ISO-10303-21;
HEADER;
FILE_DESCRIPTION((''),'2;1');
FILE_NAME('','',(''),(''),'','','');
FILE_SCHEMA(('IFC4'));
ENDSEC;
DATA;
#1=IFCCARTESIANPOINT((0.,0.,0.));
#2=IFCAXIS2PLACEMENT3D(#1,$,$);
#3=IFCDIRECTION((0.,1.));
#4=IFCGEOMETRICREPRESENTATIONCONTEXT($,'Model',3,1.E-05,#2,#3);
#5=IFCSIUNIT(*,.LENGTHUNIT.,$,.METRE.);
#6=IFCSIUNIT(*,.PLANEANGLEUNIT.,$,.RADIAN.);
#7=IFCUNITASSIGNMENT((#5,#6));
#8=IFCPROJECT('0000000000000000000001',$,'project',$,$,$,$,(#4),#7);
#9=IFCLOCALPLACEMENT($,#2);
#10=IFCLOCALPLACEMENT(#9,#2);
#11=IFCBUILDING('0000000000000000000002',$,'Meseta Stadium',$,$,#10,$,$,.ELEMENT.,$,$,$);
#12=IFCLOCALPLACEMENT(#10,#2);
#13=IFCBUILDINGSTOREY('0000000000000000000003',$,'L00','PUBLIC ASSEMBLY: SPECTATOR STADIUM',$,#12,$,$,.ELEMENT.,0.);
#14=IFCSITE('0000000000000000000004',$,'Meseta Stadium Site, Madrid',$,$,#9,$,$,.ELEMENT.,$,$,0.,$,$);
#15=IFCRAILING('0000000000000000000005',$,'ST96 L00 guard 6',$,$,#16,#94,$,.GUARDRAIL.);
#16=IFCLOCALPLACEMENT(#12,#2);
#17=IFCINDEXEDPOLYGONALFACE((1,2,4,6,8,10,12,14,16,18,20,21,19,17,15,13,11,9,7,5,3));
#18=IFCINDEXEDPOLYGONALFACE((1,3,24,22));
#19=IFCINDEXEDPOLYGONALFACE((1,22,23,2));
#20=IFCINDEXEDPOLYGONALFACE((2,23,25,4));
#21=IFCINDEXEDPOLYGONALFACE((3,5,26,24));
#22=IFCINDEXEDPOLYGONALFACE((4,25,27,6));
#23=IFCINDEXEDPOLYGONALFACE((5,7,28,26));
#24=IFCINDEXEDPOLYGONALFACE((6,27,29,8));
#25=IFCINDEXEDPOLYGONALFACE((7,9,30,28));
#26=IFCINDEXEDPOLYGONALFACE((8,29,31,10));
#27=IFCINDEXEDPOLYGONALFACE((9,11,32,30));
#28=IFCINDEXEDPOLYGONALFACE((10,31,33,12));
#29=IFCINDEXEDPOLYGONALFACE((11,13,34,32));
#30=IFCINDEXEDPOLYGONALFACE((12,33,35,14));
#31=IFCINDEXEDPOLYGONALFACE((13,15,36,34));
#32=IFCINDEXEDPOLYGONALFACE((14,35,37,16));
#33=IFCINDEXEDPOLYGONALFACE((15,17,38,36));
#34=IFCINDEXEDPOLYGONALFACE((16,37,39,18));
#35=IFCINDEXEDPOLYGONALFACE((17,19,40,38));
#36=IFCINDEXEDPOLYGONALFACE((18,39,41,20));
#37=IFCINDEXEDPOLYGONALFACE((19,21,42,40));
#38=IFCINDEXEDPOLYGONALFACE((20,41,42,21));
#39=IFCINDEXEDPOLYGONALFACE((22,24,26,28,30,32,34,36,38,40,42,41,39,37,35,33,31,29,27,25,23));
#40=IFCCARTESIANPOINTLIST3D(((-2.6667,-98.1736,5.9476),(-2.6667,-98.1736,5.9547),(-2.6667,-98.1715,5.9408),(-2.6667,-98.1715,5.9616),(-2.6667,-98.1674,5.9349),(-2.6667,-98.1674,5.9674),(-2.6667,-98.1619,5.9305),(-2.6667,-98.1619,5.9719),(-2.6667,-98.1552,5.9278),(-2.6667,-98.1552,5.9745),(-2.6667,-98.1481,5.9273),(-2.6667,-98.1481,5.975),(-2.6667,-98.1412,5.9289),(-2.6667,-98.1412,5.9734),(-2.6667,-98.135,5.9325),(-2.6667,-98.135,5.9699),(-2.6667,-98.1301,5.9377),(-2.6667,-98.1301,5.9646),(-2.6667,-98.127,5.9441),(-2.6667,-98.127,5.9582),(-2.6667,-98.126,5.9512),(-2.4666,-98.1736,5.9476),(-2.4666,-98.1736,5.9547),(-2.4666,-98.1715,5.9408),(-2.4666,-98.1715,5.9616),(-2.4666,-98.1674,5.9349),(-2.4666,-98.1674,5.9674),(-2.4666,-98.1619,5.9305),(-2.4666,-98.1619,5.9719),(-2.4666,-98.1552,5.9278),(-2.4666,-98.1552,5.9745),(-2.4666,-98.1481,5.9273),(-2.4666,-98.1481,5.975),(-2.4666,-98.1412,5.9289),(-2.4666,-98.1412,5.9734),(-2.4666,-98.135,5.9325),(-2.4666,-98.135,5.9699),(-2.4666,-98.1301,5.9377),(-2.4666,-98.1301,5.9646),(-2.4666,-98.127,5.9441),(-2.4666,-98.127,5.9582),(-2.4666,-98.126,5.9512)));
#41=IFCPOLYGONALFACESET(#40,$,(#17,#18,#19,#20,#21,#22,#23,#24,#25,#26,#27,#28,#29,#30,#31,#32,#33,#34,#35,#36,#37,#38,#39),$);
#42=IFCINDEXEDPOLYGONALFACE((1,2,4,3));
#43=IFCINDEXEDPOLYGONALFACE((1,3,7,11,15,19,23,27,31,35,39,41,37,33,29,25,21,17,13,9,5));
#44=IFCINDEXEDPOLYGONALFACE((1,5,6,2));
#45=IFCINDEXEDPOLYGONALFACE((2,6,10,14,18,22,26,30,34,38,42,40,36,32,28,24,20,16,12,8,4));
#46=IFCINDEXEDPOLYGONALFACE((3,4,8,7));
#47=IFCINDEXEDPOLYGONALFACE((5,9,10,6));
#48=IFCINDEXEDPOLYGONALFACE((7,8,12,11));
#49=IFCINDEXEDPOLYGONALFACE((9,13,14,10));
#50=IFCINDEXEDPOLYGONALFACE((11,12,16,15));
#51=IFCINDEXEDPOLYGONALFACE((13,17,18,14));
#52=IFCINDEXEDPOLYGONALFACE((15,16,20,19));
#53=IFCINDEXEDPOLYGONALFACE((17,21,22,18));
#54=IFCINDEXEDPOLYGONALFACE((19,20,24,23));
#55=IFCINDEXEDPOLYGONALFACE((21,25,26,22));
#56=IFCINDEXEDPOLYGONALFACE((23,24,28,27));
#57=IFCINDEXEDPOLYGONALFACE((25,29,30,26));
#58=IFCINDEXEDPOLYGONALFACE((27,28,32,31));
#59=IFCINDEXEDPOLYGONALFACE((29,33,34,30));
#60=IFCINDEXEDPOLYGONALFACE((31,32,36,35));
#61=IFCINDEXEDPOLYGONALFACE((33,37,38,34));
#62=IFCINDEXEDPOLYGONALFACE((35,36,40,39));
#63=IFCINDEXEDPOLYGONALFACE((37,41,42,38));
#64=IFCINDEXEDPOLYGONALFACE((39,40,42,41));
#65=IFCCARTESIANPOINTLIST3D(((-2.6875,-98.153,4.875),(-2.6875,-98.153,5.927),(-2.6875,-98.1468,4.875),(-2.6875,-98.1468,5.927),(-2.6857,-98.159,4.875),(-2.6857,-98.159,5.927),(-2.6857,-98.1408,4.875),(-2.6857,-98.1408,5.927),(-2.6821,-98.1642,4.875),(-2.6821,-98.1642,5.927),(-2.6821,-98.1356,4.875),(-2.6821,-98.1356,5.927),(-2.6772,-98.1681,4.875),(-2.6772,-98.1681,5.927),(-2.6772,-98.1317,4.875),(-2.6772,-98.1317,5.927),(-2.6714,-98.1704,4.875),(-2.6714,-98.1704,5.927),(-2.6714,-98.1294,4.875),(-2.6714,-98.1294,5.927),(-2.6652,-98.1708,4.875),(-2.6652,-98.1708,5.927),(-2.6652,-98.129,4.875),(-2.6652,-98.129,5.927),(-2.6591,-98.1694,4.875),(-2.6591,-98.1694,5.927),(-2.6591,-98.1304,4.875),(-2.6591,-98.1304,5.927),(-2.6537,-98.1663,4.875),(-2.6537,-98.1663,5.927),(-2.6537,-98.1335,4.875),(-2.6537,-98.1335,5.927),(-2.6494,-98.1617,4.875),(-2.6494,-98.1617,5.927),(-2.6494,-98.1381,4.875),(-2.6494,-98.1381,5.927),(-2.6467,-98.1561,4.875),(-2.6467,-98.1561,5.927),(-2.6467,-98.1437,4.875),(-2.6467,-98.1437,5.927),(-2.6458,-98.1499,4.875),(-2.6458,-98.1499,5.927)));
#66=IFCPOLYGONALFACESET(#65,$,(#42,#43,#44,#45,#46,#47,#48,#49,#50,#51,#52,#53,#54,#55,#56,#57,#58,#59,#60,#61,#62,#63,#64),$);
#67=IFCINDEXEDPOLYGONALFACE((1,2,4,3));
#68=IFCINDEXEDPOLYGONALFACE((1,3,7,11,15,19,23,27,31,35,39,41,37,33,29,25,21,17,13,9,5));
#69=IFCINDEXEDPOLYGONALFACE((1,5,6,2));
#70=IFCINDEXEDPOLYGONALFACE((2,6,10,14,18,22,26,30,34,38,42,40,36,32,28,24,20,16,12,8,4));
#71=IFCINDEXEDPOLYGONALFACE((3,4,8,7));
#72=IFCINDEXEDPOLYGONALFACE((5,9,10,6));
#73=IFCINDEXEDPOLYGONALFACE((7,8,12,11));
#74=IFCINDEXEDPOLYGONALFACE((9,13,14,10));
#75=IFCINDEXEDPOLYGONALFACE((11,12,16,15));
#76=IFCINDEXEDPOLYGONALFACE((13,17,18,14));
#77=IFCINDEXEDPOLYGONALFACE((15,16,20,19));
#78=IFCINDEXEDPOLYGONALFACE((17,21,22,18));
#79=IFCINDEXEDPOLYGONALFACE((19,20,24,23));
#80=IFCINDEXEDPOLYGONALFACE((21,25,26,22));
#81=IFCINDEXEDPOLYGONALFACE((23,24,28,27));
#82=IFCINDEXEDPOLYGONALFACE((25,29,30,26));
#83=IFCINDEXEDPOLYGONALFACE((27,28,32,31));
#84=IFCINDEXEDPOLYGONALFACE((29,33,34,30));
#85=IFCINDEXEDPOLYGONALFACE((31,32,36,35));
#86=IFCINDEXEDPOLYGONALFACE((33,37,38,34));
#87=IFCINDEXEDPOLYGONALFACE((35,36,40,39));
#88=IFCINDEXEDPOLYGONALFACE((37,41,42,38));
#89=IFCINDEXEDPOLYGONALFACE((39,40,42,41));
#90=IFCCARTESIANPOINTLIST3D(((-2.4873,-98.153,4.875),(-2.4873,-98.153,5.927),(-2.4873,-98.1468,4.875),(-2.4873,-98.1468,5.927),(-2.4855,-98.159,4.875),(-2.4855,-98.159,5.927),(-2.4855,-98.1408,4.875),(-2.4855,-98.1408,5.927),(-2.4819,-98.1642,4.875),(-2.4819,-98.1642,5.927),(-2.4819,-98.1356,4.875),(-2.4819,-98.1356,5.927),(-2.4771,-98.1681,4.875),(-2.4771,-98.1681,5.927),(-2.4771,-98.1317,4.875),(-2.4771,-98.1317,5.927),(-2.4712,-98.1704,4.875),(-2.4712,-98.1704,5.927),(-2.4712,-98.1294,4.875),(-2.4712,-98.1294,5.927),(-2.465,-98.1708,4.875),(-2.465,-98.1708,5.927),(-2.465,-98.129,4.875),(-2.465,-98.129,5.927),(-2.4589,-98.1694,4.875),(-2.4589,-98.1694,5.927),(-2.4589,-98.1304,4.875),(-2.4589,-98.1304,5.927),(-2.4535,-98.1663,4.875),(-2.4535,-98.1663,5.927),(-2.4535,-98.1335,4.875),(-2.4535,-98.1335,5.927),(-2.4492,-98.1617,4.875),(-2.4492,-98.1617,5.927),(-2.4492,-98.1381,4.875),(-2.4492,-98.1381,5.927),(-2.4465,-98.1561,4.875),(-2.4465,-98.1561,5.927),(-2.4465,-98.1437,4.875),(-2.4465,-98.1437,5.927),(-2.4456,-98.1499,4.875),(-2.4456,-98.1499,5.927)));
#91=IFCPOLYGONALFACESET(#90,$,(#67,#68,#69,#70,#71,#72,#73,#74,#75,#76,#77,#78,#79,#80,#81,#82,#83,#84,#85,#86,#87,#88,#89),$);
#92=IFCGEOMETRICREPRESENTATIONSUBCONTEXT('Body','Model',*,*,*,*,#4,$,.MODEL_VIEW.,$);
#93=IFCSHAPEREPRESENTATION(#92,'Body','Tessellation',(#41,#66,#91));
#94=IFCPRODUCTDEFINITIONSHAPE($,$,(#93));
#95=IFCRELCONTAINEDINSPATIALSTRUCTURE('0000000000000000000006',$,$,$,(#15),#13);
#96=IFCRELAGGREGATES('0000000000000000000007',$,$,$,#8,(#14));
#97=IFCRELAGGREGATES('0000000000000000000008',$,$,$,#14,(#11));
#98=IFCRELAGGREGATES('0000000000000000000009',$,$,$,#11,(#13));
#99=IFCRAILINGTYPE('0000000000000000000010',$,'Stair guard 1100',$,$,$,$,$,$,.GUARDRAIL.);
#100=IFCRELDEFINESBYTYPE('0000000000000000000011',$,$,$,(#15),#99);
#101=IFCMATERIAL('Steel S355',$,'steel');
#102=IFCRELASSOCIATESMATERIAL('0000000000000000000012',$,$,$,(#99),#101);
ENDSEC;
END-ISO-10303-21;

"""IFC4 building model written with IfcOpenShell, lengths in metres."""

from ifc_helpers import new_model, si_unit, direction, frame, origin, origin_2d, place, context, subcontext, project, spatial, circle, extrude, material, type_object, element, save


model = new_model("IFC4")

# Units and contexts
model_context = context("Model", 3, precision=1e-05, world=origin(), true_north=direction((0.0, 1.0)))
body_context = subcontext(model_context, "Body", "Model", "MODEL_VIEW")
ifc_project = project(units=[si_unit("LENGTHUNIT", "METRE"), si_unit("PLANEANGLEUNIT", "RADIAN")], contexts=[model_context])

# Site, building, storey
site_placement = place(None, origin())
site = spatial("IfcSite", under=ifc_project, at=site_placement, Name="Meseta Stadium Site, Madrid", CompositionType="ELEMENT", RefElevation=0.0)
building_placement = place(site_placement, origin())
building = spatial("IfcBuilding", under=site, at=building_placement, Name="Meseta Stadium", CompositionType="ELEMENT")
storey_placement = place(building_placement, origin())
storey = spatial("IfcBuildingStorey", under=building, at=storey_placement, Name="L00", Description="PUBLIC ASSEMBLY: SPECTATOR STADIUM", CompositionType="ELEMENT", Elevation=0.0)

# Railing
ifc_material_1 = material(Name="Steel S355", Category="steel")
railing_type_1 = type_object("IfcRailingType", Name="Stair guard 1100", PredefinedType="GUARDRAIL", material=ifc_material_1)
railing_1_placement = place(storey_placement, frame((-2.6667, -98.1499, 4.875)))
element("IfcRailing", 1, at=railing_1_placement, inside=storey, type_object=railing_type_1, Name="ST96 L00 guard 6", PredefinedType="GUARDRAIL", context=body_context, shape_type="SweptSolid", body=[
    extrude(circle(Radius=0.0239, at=origin_2d()), frame((0.0, 0.0, 1.0762), z_axis=(1.0, 0.0, 0.0), x_axis=(0.0, 1.0, 0.0)), (0.0, 0.0, 1.0), 0.2002),
    extrude(circle(Radius=0.021, at=origin_2d()), origin(), (0.0, 0.0, 1.0), 1.052),
    extrude(circle(Radius=0.021, at=origin_2d()), frame((0.2002, 0.0, 0.0)), (0.0, 0.0, 1.0), 1.052),
])

save(model, "model.ifc")
